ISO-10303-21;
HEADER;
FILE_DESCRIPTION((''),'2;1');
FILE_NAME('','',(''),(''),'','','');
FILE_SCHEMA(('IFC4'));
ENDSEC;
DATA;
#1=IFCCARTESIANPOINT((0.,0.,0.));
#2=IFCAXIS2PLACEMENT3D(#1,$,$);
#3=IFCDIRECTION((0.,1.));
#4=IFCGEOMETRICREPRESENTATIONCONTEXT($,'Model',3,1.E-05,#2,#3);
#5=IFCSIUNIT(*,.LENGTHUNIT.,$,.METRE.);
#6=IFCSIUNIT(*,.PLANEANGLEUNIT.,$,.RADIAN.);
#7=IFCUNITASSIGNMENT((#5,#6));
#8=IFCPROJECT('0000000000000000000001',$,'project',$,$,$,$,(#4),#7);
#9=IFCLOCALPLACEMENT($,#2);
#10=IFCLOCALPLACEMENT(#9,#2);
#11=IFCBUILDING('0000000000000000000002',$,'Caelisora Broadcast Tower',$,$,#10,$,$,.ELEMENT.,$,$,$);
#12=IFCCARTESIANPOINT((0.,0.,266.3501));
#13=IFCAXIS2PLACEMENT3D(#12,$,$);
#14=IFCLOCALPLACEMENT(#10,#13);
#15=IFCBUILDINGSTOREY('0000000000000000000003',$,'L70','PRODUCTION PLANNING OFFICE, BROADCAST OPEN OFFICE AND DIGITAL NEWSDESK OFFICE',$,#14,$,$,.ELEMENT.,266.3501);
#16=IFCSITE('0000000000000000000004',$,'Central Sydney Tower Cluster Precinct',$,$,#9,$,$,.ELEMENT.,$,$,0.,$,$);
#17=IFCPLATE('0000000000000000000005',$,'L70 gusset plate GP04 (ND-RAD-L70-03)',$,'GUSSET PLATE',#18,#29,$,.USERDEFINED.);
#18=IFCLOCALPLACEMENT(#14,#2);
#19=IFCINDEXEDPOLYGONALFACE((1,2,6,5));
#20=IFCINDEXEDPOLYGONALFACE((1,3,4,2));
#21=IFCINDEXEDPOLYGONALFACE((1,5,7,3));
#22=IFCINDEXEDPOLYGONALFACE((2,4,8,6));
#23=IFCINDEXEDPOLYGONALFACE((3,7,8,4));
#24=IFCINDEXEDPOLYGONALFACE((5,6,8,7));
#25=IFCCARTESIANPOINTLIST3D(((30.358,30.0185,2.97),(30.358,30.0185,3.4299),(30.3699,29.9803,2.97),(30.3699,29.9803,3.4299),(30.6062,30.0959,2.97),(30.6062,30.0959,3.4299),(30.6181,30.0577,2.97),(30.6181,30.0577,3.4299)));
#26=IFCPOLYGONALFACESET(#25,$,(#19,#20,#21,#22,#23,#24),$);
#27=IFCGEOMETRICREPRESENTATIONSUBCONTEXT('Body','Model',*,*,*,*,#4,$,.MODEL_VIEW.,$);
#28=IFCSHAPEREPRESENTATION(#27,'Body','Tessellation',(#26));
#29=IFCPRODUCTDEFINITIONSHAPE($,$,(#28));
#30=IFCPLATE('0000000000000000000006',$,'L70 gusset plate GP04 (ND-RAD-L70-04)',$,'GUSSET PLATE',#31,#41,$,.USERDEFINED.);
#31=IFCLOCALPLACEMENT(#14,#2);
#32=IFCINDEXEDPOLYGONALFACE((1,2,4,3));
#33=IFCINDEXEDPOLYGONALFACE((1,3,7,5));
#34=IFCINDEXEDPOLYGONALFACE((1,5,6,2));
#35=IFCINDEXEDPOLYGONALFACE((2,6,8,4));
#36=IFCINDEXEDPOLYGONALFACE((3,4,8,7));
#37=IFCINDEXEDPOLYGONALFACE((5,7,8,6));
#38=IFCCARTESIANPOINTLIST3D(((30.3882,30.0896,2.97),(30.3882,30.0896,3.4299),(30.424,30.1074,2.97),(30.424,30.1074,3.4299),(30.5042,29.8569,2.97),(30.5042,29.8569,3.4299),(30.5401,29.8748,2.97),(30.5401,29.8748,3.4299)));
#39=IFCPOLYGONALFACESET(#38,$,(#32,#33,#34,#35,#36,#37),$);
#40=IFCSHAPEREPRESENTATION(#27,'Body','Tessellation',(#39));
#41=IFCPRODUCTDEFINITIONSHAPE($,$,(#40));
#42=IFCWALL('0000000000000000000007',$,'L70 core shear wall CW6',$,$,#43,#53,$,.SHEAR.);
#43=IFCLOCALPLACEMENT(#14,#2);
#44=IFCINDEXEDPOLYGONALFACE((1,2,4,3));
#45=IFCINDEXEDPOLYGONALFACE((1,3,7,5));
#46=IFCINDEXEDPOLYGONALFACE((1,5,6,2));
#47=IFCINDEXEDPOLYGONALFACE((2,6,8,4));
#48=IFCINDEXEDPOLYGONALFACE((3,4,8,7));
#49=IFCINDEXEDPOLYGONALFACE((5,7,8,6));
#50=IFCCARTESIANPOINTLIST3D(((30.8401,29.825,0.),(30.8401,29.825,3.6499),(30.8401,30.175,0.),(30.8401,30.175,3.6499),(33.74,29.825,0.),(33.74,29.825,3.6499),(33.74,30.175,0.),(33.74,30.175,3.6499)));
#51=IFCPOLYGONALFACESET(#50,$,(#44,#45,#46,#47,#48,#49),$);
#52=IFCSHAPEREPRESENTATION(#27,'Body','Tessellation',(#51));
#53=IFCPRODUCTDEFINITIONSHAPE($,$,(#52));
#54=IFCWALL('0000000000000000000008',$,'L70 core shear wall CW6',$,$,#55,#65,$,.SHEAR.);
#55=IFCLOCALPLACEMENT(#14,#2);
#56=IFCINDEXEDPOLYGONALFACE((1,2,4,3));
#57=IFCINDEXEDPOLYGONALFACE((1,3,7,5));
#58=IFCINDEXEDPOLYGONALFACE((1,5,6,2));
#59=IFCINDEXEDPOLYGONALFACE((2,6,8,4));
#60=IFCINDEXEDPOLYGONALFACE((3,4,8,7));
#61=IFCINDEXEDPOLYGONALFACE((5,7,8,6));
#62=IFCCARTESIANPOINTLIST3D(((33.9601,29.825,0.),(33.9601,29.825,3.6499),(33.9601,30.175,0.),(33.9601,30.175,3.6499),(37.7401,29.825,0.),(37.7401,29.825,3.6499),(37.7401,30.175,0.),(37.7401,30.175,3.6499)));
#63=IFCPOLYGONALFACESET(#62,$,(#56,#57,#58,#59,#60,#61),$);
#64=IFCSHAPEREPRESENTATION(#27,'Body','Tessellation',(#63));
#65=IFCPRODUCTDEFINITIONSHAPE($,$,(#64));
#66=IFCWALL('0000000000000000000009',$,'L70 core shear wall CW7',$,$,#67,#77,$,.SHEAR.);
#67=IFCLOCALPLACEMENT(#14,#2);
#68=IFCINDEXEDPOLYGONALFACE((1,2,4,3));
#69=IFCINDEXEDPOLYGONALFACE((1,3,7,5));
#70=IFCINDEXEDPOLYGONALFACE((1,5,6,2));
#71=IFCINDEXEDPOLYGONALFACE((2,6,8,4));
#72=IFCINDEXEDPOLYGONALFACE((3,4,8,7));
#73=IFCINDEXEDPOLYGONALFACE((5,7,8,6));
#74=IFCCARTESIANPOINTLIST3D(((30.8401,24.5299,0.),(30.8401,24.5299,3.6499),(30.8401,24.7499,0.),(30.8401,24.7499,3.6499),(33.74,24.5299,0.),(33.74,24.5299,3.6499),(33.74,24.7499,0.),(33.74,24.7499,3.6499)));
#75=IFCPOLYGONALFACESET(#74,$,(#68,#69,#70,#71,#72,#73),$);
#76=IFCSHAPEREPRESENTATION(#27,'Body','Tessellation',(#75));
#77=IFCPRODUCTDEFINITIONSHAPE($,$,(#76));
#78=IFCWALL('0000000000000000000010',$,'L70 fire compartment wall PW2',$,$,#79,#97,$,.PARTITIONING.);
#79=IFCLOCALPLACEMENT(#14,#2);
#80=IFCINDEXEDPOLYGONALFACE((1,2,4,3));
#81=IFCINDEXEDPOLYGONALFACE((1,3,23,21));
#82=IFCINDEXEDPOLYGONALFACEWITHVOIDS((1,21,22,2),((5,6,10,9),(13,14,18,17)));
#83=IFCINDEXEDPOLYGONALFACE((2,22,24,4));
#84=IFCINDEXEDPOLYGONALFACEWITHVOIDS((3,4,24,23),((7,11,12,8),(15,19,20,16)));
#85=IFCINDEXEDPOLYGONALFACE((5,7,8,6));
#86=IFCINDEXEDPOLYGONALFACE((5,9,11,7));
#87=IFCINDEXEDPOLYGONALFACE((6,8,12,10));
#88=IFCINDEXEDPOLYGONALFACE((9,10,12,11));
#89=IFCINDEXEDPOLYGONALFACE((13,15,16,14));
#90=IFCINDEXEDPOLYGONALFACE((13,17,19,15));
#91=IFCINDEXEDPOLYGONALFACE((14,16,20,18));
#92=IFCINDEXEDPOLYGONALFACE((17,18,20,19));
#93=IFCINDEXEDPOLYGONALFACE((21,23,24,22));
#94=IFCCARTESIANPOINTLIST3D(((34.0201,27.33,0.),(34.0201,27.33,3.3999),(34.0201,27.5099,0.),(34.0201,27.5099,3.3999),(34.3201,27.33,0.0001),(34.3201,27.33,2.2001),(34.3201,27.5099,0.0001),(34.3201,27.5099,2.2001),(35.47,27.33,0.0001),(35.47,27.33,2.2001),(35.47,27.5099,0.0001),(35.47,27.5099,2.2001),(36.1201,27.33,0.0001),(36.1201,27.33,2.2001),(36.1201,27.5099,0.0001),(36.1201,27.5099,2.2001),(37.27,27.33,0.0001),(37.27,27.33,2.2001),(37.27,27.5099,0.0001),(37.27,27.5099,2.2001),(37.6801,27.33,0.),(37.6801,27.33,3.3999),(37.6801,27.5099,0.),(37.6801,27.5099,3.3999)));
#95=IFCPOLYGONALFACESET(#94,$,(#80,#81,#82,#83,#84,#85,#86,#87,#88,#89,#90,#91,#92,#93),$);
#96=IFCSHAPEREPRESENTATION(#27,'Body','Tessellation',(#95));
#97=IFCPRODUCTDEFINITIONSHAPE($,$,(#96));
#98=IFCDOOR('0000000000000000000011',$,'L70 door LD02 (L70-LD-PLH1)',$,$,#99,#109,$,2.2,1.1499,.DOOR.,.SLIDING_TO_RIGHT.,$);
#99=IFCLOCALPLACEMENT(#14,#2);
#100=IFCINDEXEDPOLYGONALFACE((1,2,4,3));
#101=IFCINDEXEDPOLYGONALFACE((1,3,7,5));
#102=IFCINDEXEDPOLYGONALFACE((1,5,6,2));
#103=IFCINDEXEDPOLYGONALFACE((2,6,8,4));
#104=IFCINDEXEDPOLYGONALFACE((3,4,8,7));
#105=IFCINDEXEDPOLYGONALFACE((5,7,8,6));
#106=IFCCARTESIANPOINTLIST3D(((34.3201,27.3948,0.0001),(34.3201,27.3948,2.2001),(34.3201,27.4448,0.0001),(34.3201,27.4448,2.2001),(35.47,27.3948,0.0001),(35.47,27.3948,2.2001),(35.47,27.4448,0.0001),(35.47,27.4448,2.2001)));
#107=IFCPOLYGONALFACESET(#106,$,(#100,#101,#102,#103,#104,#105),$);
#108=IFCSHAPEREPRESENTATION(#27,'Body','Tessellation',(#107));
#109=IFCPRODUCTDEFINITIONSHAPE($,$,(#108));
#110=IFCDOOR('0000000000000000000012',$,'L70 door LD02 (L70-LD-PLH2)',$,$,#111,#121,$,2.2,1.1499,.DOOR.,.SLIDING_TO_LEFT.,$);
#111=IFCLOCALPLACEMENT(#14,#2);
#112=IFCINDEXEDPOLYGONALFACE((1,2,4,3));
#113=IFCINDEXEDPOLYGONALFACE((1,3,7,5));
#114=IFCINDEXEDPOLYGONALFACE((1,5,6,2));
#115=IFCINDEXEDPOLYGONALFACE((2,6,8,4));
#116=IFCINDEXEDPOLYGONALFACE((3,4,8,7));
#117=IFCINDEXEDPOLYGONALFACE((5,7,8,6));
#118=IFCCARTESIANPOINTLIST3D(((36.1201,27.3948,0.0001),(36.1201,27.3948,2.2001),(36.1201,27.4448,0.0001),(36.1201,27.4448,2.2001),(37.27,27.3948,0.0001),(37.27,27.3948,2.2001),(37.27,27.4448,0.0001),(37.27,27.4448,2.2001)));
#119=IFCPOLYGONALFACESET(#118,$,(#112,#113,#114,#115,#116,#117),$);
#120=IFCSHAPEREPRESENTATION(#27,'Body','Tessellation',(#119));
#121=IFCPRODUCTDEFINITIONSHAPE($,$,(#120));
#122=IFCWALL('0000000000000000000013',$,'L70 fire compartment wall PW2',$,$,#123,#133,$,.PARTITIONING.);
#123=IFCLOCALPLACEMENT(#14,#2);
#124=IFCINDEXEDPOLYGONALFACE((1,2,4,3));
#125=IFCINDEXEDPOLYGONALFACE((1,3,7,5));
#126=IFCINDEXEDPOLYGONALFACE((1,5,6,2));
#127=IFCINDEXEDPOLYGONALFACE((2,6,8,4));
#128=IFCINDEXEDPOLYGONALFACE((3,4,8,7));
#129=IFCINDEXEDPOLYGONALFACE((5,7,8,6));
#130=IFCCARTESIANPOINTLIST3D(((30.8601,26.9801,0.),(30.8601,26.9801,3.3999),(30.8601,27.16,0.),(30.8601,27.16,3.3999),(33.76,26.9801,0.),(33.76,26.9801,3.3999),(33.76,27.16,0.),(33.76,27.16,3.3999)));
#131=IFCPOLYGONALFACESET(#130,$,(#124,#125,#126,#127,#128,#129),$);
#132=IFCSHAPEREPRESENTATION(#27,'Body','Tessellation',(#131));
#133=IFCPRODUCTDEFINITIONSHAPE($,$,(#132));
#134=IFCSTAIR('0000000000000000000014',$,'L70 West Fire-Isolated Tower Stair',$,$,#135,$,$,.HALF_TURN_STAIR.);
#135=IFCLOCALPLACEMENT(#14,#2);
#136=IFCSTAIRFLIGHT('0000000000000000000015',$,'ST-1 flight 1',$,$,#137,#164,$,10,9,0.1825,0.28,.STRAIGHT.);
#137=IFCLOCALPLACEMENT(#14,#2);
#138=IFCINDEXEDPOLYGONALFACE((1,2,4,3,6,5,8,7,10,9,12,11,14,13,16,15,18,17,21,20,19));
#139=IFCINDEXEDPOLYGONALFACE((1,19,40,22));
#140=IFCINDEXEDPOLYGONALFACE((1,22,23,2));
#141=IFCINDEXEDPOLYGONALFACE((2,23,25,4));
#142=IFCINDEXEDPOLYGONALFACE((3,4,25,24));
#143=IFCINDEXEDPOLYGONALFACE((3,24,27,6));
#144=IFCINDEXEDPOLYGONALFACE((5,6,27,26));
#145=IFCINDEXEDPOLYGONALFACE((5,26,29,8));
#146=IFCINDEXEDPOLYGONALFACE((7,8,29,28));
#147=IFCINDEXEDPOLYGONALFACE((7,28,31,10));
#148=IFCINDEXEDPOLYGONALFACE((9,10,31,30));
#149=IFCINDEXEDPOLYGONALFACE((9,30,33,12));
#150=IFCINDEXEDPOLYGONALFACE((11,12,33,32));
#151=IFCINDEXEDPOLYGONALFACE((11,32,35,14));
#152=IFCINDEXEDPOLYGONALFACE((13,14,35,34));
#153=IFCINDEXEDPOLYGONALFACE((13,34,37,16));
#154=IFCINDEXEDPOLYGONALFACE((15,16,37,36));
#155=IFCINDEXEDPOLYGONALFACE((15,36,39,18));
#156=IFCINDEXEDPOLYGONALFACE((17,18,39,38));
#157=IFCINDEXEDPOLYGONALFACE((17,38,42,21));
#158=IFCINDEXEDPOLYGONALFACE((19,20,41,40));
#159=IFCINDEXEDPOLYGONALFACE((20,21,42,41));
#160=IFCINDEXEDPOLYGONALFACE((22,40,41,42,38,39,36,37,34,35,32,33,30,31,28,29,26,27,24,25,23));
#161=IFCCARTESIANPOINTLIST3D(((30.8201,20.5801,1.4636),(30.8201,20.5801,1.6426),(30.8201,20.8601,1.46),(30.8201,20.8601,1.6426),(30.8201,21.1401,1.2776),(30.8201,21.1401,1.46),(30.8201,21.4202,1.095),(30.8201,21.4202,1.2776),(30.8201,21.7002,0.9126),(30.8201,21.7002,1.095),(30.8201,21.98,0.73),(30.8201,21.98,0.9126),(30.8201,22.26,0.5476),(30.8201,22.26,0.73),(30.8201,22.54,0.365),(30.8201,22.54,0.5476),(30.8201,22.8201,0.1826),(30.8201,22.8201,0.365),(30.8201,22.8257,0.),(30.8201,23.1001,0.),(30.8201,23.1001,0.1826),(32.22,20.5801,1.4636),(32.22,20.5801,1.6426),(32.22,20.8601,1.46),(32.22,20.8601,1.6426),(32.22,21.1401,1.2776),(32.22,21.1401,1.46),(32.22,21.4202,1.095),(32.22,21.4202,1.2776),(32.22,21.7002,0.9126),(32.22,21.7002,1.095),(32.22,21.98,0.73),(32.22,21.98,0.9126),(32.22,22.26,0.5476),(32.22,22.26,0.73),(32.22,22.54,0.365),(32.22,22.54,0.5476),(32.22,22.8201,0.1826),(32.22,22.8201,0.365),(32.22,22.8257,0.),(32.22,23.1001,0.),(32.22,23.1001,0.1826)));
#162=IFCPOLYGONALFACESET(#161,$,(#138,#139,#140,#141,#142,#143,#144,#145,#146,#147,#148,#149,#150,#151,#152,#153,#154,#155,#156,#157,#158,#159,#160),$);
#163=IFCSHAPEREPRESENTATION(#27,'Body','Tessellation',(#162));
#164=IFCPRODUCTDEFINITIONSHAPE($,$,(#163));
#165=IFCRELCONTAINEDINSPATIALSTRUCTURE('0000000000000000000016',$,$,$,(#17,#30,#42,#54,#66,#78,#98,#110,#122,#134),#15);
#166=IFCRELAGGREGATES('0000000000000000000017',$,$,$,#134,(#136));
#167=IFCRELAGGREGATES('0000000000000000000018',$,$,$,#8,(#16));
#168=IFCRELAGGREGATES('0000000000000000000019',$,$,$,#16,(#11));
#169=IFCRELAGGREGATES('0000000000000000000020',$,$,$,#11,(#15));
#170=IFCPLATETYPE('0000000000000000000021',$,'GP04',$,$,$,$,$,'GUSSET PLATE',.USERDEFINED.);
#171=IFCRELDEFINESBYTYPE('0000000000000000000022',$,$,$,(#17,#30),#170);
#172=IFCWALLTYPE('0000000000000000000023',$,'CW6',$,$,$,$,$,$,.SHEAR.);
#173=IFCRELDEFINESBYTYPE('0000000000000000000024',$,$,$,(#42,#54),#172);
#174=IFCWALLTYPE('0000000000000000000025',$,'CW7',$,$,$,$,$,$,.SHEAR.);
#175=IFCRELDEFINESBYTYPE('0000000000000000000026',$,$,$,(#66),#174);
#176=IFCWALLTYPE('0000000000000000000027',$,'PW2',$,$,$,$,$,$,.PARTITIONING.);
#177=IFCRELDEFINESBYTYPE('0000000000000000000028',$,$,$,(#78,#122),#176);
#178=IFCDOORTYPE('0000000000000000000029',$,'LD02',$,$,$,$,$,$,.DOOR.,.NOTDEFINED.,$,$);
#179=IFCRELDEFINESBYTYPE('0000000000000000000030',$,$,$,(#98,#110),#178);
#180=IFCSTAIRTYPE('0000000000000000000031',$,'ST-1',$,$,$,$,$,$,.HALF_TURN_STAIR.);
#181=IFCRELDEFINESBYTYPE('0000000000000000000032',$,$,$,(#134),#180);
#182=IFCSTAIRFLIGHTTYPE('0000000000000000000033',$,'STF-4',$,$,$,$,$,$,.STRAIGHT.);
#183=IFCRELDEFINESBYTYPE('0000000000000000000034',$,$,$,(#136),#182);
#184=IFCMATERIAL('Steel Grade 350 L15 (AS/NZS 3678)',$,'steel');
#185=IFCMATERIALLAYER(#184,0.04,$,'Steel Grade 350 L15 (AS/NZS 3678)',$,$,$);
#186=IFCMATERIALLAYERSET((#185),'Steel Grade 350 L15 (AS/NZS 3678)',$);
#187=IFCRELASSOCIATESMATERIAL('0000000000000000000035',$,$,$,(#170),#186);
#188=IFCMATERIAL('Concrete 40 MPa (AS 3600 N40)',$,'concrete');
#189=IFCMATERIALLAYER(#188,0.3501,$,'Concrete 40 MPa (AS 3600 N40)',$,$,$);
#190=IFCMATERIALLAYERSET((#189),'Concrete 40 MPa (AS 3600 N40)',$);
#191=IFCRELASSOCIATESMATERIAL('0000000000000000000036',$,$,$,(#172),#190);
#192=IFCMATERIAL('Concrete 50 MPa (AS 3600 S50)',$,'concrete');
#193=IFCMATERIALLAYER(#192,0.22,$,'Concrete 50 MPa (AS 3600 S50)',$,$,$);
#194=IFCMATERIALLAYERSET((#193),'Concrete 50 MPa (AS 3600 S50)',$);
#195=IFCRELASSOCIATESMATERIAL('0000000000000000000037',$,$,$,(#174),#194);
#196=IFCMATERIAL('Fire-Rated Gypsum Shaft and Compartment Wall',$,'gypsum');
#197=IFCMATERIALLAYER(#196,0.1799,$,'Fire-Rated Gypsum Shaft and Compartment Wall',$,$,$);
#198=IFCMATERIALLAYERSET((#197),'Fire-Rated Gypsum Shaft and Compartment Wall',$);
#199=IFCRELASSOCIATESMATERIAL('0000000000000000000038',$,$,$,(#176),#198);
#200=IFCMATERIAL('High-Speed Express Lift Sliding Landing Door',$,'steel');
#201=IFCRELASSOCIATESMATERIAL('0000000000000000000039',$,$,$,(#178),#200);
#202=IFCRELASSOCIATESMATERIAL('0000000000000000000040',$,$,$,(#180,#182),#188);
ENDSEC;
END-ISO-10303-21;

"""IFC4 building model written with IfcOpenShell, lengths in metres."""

from ifc_helpers import new_model, si_unit, direction, frame, frame_2d, origin, origin_2d, place, context, subcontext, project, spatial, polyline, rectangle, outline, extrude, source, transform, mapped, material, layer, layer_set, type_object, type_shapes, element, fill, aggregate, save


model = new_model("IFC4")

# Units and contexts
model_context = context("Model", 3, precision=1e-05, world=origin(), true_north=direction((0.0, 1.0)))
body_context = subcontext(model_context, "Body", "Model", "MODEL_VIEW")
ifc_project = project(units=[si_unit("LENGTHUNIT", "METRE"), si_unit("PLANEANGLEUNIT", "RADIAN")], contexts=[model_context])

# Site, building, storey
site_placement = place(None, origin())
site = spatial("IfcSite", under=ifc_project, at=site_placement, Name="Central Sydney Tower Cluster Precinct", CompositionType="ELEMENT", RefElevation=0.0)
building_placement = place(site_placement, origin())
building = spatial("IfcBuilding", under=site, at=building_placement, Name="Caelisora Broadcast Tower", CompositionType="ELEMENT")
storey_placement = place(building_placement, frame((0.0, 0.0, 266.3501)))
storey = spatial("IfcBuildingStorey", under=building, at=storey_placement, Name="L70", Description="PRODUCTION PLANNING OFFICE, BROADCAST OPEN OFFICE AND DIGITAL NEWSDESK OFFICE", CompositionType="ELEMENT", Elevation=266.3501)

# Plates
ifc_material_1 = material(Name="Steel Grade 350 L15 (AS/NZS 3678)", Category="steel")
ifc_layer_1 = layer(ifc_material_1, 0.04, Name="Steel Grade 350 L15 (AS/NZS 3678)")
ifc_layer_set_1 = layer_set([ifc_layer_1], Name="Steel Grade 350 L15 (AS/NZS 3678)")
plate_type = type_object("IfcPlateType", Name="GP04", ElementType="GUSSET PLATE", PredefinedType="USERDEFINED", material=ifc_layer_set_1)
shared_shape_1 = source(origin(), body_context, "Body", "SweptSolid", [
    extrude(rectangle(XDim=0.26, YDim=0.04, at=origin_2d()), origin(), (0.0, 0.0, 1.0), 0.46),
])
type_shapes(plate_type, [shared_shape_1])
for number, where, z_axis, x_axis, name in (
    (1, (30.488, 30.0381, 2.97), (0.0, 0.0, 1.0), (-0.954605, -0.297875, 0.0), "L70 gusset plate GP04 (ND-RAD-L70-03)"),
    (2, (30.4641, 29.9822, 2.97), (0.0, 0.0, 1.0), (0.446354, -0.894856, 0.0), "L70 gusset plate GP04 (ND-RAD-L70-04)"),
):
    element("IfcPlate", number, at=place(storey_placement, frame(where, z_axis=z_axis, x_axis=x_axis)), inside=storey, type_object=plate_type, Name=name, ObjectType="GUSSET PLATE", PredefinedType="USERDEFINED", context=body_context, shape_type="MappedRepresentation", body=[
        mapped(shared_shape_1, transform((0.0, 0.0, 0.0), scale=1.0)),
    ])

# Walls
ifc_material_2 = material(Name="Concrete 40 MPa (AS 3600 N40)", Category="concrete")
ifc_layer_2 = layer(ifc_material_2, 0.3501, Name="Concrete 40 MPa (AS 3600 N40)")
ifc_layer_set_2 = layer_set([ifc_layer_2], Name="Concrete 40 MPa (AS 3600 N40)")
wall_type_1 = type_object("IfcWallType", Name="CW6", PredefinedType="SHEAR", material=ifc_layer_set_2)
wall_1_placement = place(storey_placement, frame((30.8401, 30.0, 0.0), z_axis=(0.0, 0.0, 1.0), x_axis=(1.0, 0.0, 0.0)))
element("IfcWall", 3, at=wall_1_placement, inside=storey, type_object=wall_type_1, Name="L70 core shear wall CW6", PredefinedType="SHEAR", context=body_context, shape_type="SweptSolid", body=[
    extrude(rectangle(XDim=2.8999, YDim=0.3501, at=frame_2d((1.45, 0.0))), origin(), (0.0, 0.0, 1.0), 3.6499),
])
wall_2_placement = place(storey_placement, frame((33.96, 30.0, 0.0), z_axis=(0.0, 0.0, 1.0), x_axis=(1.0, 0.0, 0.0)))
element("IfcWall", 4, at=wall_2_placement, inside=storey, type_object=wall_type_1, Name="L70 core shear wall CW6", PredefinedType="SHEAR", context=body_context, shape_type="SweptSolid", body=[
    extrude(rectangle(XDim=3.78, YDim=0.3501, at=frame_2d((1.8901, 0.0))), origin(), (0.0, 0.0, 1.0), 3.6499),
])
ifc_material_3 = material(Name="Concrete 50 MPa (AS 3600 S50)", Category="concrete")
ifc_layer_3 = layer(ifc_material_3, 0.22, Name="Concrete 50 MPa (AS 3600 S50)")
ifc_layer_set_3 = layer_set([ifc_layer_3], Name="Concrete 50 MPa (AS 3600 S50)")
wall_type_2 = type_object("IfcWallType", Name="CW7", PredefinedType="SHEAR", material=ifc_layer_set_3)
wall_3_placement = place(storey_placement, frame((30.8401, 24.6399, 0.0), z_axis=(0.0, 0.0, 1.0), x_axis=(1.0, 0.0, 0.0)))
element("IfcWall", 5, at=wall_3_placement, inside=storey, type_object=wall_type_2, Name="L70 core shear wall CW7", PredefinedType="SHEAR", context=body_context, shape_type="SweptSolid", body=[
    extrude(rectangle(XDim=2.8999, YDim=0.22, at=frame_2d((1.45, 0.0))), origin(), (0.0, 0.0, 1.0), 3.6499),
])

# Wall, openings, doors
ifc_material_4 = material(Name="Fire-Rated Gypsum Shaft and Compartment Wall", Category="gypsum")
ifc_layer_4 = layer(ifc_material_4, 0.1799, Name="Fire-Rated Gypsum Shaft and Compartment Wall")
ifc_layer_set_4 = layer_set([ifc_layer_4], Name="Fire-Rated Gypsum Shaft and Compartment Wall")
wall_type_3 = type_object("IfcWallType", Name="PW2", PredefinedType="PARTITIONING", material=ifc_layer_set_4)
wall_4_placement = place(storey_placement, frame((34.02, 27.4199, 0.0), z_axis=(0.0, 0.0, 1.0), x_axis=(1.0, 0.0, 0.0)))
wall_4 = element("IfcWall", 6, at=wall_4_placement, inside=storey, type_object=wall_type_3, Name="L70 fire compartment wall PW2", PredefinedType="PARTITIONING", context=body_context, shape_type="SweptSolid", body=[
    extrude(rectangle(XDim=3.6599, YDim=0.1799, at=frame_2d((1.8301, 0.0))), origin(), (0.0, 0.0, 1.0), 3.3999),
])
opening_1_placement = place(wall_4_placement, frame((0.3, 0.0, 0.0)))
opening_1 = element("IfcOpeningElement", 7, at=opening_1_placement, cuts=wall_4, PredefinedType="OPENING", context=body_context, shape_type="SweptSolid", body=[
    extrude(rectangle(XDim=1.1499, YDim=2.2, at=frame_2d((0.575, 1.1001))), frame((0.0, 0.1021, 0.0), z_axis=(0.0, -1.0, 0.0), x_axis=(1.0, 0.0, 0.0)), (0.0, 0.0, 1.0), 0.2039),
])
opening_2_placement = place(wall_4_placement, frame((2.1001, 0.0, 0.0)))
opening_2 = element("IfcOpeningElement", 8, at=opening_2_placement, cuts=wall_4, PredefinedType="OPENING", context=body_context, shape_type="SweptSolid", body=[
    extrude(rectangle(XDim=1.1499, YDim=2.2, at=frame_2d((0.575, 1.1001))), frame((0.0, 0.1021, 0.0), z_axis=(0.0, -1.0, 0.0), x_axis=(1.0, 0.0, 0.0)), (0.0, 0.0, 1.0), 0.2039),
])
ifc_material_5 = material(Name="High-Speed Express Lift Sliding Landing Door", Category="steel")
door_type = type_object("IfcDoorType", Name="LD02", OperationType="NOTDEFINED", PredefinedType="DOOR", material=ifc_material_5)
door_1_placement = place(opening_1_placement, origin())
door_1 = element("IfcDoor", 9, at=door_1_placement, inside=storey, type_object=door_type, Name="L70 door LD02 (L70-LD-PLH1)", OperationType="SLIDING_TO_RIGHT", OverallHeight=2.2, OverallWidth=1.1499, PredefinedType="DOOR", context=body_context, shape_type="SweptSolid", body=[
    extrude(rectangle(XDim=1.1499, YDim=2.2, at=frame_2d((0.575, 1.1001))), frame((0.0, 0.0249, 0.0), z_axis=(0.0, -1.0, 0.0), x_axis=(1.0, 0.0, 0.0)), (0.0, 0.0, 1.0), 0.05),
])
fill(opening_1, door_1)
door_2_placement = place(opening_2_placement, origin())
door_2 = element("IfcDoor", 10, at=door_2_placement, inside=storey, type_object=door_type, Name="L70 door LD02 (L70-LD-PLH2)", OperationType="SLIDING_TO_LEFT", OverallHeight=2.2, OverallWidth=1.1499, PredefinedType="DOOR", context=body_context, shape_type="SweptSolid", body=[
    extrude(rectangle(XDim=1.1499, YDim=2.2, at=frame_2d((0.575, 1.1001))), frame((0.0, 0.0249, 0.0), z_axis=(0.0, -1.0, 0.0), x_axis=(1.0, 0.0, 0.0)), (0.0, 0.0, 1.0), 0.05),
])
fill(opening_2, door_2)

# Wall
wall_5_placement = place(storey_placement, frame((30.8601, 27.0701, 0.0), z_axis=(0.0, 0.0, 1.0), x_axis=(1.0, 0.0, 0.0)))
element("IfcWall", 11, at=wall_5_placement, inside=storey, type_object=wall_type_3, Name="L70 fire compartment wall PW2", PredefinedType="PARTITIONING", context=body_context, shape_type="SweptSolid", body=[
    extrude(rectangle(XDim=2.8999, YDim=0.1799, at=frame_2d((1.45, 0.0))), origin(), (0.0, 0.0, 1.0), 3.3999),
])

# Stair, stair flight
stair_type = type_object("IfcStairType", Name="ST-1", PredefinedType="HALF_TURN_STAIR", material=ifc_material_2)
stair_placement = place(storey_placement, origin())
stair = element("IfcStair", 12, at=stair_placement, inside=storey, type_object=stair_type, Name="L70 West Fire-Isolated Tower Stair", PredefinedType="HALF_TURN_STAIR")
stair_flight_type = type_object("IfcStairFlightType", Name="STF-4", PredefinedType="STRAIGHT", material=ifc_material_2)
stair_flight_placement = place(storey_placement, frame((31.52, 23.1001, 0.0), z_axis=(0.0, 0.0, 1.0), x_axis=(0.0, -1.0, 0.0)))
stair_flight = element("IfcStairFlight", 13, at=stair_flight_placement, type_object=stair_flight_type, Name="ST-1 flight 1", NumberOfRisers=10, NumberOfTreads=9, PredefinedType="STRAIGHT", RiserHeight=0.1825, TreadLength=0.28, context=body_context, shape_type="SweptSolid", body=[
    extrude(outline(polyline([(0.0, 0.0), (0.0, 0.1826), (0.28, 0.1826), (0.28, 0.365), (0.5601, 0.365), (0.5601, 0.5476), (0.8401, 0.5476), (0.8401, 0.73), (1.1201, 0.73), (1.1201, 0.9126), (1.3999, 0.9126), (1.3999, 1.095), (1.6799, 1.095), (1.6799, 1.2776), (1.96, 1.2776), (1.96, 1.46), (2.24, 1.46), (2.24, 1.6426), (2.52, 1.6426), (2.52, 1.825), (2.52, 1.4636), (0.2744, 0.0), (0.0, 0.0)])), frame((0.0, 0.7, 0.0), z_axis=(0.0, -1.0, 0.0), x_axis=(1.0, 0.0, 0.0)), (0.0, 0.0, 1.0), 1.3999),
])
aggregate(stair, [stair_flight])

save(model, "model.ifc")
